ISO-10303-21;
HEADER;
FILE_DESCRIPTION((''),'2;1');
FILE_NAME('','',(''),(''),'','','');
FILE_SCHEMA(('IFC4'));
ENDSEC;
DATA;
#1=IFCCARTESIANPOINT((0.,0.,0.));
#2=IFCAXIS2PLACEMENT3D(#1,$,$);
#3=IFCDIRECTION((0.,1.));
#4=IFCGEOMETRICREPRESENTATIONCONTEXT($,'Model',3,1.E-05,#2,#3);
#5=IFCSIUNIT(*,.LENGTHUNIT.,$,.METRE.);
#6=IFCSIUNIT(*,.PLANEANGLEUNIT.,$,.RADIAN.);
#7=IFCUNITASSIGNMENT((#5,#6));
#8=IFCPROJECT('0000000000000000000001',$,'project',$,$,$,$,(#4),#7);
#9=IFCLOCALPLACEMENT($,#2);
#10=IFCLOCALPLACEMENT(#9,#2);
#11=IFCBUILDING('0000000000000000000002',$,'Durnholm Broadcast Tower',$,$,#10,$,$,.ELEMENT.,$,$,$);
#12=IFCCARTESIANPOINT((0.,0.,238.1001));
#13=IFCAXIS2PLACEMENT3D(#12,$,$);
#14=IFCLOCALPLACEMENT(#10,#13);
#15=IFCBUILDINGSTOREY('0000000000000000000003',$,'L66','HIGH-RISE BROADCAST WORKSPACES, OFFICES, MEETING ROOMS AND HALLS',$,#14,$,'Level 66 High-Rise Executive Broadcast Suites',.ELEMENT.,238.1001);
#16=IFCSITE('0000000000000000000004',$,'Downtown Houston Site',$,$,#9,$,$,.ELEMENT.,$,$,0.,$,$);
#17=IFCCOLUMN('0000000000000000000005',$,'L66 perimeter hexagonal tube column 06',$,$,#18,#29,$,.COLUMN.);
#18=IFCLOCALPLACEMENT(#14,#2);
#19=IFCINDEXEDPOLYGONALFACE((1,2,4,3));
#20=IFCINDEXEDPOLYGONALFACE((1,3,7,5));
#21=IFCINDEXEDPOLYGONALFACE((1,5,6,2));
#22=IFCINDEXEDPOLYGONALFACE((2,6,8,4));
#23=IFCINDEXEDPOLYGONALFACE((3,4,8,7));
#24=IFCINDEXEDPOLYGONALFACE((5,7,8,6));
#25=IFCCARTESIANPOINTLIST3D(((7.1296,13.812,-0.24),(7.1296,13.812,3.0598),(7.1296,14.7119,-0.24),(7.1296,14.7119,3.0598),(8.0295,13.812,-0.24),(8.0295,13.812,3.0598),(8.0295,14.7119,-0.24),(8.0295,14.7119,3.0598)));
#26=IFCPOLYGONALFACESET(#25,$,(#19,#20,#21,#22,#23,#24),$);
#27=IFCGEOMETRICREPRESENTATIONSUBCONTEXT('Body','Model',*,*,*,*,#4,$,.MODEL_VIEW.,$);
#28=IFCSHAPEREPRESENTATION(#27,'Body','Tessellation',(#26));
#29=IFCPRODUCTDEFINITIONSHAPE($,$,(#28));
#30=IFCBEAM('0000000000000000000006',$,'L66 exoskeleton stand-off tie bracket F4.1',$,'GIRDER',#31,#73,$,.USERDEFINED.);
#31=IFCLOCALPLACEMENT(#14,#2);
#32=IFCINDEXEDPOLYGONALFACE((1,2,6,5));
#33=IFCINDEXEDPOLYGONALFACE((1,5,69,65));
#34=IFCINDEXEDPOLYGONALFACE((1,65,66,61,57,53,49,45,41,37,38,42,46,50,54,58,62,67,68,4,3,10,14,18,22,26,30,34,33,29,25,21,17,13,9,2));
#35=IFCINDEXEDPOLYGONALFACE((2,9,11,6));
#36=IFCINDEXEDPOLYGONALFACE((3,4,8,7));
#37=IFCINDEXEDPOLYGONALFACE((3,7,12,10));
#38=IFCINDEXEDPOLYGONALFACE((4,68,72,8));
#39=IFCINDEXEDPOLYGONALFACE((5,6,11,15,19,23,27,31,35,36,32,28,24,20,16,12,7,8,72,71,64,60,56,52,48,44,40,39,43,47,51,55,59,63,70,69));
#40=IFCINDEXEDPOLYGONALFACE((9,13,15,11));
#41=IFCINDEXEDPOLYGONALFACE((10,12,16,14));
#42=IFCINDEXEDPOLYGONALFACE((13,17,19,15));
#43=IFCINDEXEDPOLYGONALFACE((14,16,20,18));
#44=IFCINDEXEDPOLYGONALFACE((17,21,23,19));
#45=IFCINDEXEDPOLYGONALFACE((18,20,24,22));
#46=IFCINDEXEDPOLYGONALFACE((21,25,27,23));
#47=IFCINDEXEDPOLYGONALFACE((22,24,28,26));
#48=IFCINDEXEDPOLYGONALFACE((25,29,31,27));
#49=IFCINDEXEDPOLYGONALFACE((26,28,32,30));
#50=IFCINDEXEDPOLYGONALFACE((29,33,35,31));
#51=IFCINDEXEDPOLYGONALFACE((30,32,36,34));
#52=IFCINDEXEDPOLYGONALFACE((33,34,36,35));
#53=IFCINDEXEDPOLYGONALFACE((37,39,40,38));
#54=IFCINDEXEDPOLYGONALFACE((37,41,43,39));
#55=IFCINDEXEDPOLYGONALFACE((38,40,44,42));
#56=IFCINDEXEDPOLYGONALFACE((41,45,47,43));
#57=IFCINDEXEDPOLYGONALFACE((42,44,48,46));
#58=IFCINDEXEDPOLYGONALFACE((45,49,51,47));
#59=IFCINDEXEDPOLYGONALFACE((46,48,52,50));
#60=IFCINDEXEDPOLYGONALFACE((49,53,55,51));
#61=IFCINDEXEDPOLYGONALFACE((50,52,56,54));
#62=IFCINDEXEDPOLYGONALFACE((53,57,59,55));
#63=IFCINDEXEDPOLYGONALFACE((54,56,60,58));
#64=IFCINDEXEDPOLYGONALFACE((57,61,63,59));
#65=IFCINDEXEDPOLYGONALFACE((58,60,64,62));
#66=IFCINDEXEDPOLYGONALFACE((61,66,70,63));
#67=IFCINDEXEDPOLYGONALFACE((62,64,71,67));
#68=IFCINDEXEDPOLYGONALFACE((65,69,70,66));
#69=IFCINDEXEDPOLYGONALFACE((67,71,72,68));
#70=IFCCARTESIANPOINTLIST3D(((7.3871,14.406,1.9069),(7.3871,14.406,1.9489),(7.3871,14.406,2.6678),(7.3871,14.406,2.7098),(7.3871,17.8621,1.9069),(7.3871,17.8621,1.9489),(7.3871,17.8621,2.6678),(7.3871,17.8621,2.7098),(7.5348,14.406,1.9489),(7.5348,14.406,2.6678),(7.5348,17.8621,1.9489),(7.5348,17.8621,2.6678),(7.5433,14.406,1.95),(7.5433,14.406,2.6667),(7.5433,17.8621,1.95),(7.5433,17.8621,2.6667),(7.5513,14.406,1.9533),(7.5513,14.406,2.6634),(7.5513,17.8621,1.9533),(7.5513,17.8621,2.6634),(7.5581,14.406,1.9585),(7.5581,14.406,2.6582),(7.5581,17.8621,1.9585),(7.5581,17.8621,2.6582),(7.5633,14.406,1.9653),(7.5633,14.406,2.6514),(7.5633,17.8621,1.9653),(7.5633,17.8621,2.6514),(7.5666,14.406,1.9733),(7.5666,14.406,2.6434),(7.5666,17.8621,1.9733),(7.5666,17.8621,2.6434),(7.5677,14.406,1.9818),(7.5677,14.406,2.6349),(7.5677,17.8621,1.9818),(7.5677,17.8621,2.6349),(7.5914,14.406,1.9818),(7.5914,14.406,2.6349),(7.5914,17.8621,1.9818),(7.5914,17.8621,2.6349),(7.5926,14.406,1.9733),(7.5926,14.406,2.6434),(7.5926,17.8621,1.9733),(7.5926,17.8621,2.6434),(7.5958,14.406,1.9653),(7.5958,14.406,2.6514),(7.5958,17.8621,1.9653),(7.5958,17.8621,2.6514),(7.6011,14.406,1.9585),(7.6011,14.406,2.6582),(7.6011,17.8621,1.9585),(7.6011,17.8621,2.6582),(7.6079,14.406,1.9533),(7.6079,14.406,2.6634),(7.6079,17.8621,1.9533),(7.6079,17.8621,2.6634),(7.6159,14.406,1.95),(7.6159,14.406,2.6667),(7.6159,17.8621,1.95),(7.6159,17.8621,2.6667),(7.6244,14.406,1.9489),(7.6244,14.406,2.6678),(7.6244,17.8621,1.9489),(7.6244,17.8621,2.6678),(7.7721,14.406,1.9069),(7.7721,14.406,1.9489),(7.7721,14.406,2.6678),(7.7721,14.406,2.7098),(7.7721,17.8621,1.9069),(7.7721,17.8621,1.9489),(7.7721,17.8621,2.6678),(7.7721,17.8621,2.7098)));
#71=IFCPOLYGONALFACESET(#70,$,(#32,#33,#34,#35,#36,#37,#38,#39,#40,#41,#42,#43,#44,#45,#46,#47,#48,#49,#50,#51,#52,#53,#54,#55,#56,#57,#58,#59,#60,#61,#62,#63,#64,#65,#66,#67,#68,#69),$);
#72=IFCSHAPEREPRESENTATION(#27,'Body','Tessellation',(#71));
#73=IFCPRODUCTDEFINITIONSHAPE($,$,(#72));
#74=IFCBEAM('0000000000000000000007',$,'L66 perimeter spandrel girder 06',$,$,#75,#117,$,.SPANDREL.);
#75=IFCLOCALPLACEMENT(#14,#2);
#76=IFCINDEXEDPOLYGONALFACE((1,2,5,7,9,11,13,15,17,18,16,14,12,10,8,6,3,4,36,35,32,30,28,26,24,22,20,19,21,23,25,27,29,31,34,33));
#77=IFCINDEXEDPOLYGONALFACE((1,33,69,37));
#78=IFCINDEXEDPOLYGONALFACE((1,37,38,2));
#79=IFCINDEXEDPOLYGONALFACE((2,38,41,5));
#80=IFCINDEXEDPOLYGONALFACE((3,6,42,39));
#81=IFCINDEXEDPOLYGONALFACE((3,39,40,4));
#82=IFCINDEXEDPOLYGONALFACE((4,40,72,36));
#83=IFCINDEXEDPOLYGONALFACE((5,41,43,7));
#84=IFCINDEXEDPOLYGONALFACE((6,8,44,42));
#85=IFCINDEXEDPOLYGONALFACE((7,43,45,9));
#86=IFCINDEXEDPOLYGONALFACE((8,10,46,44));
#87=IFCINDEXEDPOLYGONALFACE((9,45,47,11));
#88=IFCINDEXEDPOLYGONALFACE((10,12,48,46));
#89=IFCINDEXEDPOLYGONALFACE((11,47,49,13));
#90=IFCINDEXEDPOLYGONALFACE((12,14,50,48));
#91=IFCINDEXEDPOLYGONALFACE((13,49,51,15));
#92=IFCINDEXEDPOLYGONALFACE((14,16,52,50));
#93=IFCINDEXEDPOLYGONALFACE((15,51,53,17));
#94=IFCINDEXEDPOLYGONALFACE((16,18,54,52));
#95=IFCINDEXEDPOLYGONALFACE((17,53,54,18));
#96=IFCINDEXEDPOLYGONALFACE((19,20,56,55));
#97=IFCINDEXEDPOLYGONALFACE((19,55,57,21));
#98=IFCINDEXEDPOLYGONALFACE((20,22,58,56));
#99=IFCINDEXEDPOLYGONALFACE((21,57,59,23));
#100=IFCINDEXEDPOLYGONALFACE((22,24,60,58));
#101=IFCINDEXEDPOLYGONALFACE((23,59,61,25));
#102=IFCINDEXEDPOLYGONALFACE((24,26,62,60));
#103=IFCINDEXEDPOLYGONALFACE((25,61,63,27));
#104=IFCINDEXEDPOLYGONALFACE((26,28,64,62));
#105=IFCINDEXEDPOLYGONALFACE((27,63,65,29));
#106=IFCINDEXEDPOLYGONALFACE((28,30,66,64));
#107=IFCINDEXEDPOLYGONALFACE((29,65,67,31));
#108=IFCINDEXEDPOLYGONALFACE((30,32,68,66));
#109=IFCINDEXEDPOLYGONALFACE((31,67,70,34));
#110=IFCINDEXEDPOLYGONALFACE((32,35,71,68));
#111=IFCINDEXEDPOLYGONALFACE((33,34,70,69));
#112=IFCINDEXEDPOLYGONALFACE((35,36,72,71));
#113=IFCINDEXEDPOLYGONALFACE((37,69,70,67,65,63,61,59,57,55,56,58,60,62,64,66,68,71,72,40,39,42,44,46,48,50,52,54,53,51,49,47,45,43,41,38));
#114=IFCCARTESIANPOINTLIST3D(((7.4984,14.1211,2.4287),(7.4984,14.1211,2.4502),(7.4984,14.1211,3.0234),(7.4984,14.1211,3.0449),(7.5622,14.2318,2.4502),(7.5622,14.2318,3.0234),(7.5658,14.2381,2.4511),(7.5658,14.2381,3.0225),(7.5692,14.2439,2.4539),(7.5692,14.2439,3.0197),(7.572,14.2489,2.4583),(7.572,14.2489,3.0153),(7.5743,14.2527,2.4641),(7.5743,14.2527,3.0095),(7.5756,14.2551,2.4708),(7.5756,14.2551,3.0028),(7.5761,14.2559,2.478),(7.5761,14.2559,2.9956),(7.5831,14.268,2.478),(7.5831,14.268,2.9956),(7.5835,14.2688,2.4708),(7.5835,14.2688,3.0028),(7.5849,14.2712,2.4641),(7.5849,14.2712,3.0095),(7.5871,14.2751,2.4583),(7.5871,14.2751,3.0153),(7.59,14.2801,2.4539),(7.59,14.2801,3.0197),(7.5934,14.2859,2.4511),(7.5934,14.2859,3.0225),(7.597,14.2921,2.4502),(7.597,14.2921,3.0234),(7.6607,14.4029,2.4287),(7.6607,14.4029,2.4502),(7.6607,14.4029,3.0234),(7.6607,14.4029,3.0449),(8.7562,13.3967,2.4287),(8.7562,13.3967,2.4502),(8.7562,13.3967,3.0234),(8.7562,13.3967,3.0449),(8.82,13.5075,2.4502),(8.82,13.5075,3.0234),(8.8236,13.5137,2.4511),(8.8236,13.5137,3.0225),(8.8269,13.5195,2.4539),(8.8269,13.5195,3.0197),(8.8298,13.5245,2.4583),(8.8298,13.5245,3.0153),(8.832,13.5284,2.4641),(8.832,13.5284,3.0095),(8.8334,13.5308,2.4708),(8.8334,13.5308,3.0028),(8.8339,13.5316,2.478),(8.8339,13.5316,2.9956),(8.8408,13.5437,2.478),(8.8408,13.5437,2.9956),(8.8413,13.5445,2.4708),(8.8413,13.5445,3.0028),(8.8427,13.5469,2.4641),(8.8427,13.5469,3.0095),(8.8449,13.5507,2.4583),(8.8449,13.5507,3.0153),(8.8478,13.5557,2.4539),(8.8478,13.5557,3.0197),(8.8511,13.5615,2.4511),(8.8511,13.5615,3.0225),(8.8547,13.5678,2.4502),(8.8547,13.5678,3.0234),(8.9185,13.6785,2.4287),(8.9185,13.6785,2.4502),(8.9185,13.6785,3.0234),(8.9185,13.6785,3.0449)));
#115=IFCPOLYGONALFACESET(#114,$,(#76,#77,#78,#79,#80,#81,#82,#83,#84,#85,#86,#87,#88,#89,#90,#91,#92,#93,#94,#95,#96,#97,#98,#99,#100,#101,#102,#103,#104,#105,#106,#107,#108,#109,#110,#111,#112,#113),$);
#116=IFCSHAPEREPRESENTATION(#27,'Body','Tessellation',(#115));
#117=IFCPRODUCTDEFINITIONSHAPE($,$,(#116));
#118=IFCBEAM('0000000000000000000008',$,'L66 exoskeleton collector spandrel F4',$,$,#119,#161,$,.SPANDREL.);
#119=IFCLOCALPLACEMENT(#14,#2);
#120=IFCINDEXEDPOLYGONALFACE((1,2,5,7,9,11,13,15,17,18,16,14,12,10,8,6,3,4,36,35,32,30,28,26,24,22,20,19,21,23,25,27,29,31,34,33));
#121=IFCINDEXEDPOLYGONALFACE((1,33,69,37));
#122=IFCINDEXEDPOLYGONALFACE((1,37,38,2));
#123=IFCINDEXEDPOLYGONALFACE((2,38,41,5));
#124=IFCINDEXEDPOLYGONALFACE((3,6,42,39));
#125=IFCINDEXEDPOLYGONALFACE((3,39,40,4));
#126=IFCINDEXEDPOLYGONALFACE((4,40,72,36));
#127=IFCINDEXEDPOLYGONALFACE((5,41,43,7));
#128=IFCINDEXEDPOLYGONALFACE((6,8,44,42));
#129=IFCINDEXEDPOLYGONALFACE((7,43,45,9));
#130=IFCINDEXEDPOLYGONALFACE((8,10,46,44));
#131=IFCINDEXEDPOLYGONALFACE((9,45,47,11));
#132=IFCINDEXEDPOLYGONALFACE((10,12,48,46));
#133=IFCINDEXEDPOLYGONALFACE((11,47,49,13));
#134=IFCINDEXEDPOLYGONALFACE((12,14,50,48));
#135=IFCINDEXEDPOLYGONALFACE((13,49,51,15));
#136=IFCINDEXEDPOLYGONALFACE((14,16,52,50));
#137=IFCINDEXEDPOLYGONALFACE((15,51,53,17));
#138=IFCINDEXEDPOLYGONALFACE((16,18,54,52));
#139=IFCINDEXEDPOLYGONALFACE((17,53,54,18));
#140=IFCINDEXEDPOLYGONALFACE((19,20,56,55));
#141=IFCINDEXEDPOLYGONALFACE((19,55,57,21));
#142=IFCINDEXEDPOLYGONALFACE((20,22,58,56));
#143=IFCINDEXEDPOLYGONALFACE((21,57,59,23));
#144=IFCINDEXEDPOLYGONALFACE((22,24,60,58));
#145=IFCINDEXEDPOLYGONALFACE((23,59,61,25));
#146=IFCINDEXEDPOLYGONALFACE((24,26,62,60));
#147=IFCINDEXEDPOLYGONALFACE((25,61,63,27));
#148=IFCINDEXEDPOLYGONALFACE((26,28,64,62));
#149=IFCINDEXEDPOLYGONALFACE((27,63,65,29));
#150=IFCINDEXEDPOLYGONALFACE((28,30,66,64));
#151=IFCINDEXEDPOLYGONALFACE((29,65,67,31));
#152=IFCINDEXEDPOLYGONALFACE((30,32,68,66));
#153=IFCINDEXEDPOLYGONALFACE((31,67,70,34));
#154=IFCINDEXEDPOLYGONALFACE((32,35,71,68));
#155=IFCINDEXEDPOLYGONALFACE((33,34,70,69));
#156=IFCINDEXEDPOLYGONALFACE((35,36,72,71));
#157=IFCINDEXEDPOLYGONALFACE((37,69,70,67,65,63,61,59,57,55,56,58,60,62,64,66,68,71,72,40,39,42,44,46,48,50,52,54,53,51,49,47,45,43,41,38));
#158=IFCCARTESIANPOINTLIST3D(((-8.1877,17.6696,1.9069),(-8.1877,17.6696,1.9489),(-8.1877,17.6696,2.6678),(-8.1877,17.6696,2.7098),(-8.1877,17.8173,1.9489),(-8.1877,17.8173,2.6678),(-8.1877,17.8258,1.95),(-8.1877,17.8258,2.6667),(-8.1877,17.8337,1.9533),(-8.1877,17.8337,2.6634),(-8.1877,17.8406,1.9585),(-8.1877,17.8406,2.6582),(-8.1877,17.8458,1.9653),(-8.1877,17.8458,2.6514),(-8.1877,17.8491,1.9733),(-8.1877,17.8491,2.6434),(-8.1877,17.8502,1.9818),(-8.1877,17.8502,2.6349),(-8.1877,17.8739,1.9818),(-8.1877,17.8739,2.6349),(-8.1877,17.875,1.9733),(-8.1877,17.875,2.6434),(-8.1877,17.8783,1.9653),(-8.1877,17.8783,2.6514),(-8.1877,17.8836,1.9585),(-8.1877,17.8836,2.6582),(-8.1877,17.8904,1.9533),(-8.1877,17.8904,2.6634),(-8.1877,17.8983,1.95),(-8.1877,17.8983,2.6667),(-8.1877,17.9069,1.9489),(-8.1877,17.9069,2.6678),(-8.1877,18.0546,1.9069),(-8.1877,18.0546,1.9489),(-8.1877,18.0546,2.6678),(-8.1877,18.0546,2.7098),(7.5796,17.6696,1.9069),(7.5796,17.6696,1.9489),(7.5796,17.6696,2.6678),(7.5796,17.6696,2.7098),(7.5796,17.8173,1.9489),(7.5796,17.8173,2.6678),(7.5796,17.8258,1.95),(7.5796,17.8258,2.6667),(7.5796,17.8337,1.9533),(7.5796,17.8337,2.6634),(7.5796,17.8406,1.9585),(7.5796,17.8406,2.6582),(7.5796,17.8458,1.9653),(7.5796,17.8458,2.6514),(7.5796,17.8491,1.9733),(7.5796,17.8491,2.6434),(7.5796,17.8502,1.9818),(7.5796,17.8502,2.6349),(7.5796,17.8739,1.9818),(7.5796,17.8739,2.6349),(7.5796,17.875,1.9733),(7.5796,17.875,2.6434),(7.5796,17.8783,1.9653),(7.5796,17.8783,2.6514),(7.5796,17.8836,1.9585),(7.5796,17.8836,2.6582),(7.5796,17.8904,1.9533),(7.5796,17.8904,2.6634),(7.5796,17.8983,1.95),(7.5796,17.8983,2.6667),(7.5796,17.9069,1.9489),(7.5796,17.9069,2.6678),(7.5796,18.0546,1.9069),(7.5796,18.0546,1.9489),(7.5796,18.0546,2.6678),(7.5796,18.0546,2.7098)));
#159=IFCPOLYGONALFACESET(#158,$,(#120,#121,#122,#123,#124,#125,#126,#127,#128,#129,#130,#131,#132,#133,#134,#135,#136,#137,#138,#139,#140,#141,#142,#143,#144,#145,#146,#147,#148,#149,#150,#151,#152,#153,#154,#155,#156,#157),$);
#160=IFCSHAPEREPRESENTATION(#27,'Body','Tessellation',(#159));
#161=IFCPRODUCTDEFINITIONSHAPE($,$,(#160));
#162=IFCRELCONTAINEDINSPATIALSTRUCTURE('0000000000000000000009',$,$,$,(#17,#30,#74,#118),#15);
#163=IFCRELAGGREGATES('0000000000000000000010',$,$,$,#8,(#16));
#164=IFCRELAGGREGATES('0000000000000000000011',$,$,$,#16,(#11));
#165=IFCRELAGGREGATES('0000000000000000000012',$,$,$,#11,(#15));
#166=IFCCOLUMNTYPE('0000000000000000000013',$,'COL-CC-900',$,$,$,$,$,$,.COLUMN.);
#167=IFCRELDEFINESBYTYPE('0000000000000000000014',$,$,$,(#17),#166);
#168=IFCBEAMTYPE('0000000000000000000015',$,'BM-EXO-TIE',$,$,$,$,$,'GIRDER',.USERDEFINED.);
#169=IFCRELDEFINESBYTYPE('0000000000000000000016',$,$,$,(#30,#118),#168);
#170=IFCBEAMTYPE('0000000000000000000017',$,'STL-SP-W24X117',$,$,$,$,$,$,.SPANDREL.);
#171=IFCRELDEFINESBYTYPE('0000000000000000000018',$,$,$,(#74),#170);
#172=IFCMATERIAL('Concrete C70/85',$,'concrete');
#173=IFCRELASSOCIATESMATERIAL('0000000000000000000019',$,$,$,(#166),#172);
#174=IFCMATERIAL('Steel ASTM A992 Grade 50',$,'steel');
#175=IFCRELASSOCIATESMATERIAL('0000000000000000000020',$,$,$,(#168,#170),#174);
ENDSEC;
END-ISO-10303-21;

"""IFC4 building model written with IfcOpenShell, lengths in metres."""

from ifc_helpers import new_model, si_unit, direction, frame, origin, origin_2d, place, context, subcontext, project, spatial, rectangle, i_section, extrude, source, transform, mapped, material, material_profile, profile_set, type_object, type_shapes, element, save


model = new_model("IFC4")

# Units and contexts
model_context = context("Model", 3, precision=1e-05, world=origin(), true_north=direction((0.0, 1.0)))
body_context = subcontext(model_context, "Body", "Model", "MODEL_VIEW")
ifc_project = project(units=[si_unit("LENGTHUNIT", "METRE"), si_unit("PLANEANGLEUNIT", "RADIAN")], contexts=[model_context])

# Site, building, storey
site_placement = place(None, origin())
site = spatial("IfcSite", under=ifc_project, at=site_placement, Name="Downtown Houston Site", CompositionType="ELEMENT", RefElevation=0.0)
building_placement = place(site_placement, origin())
building = spatial("IfcBuilding", under=site, at=building_placement, Name="Durnholm Broadcast Tower", CompositionType="ELEMENT")
storey_placement = place(building_placement, frame((0.0, 0.0, 238.1001)))
storey = spatial("IfcBuildingStorey", under=building, at=storey_placement, Name="L66", Description="HIGH-RISE BROADCAST WORKSPACES, OFFICES, MEETING ROOMS AND HALLS", LongName="Level 66 High-Rise Executive Broadcast Suites", CompositionType="ELEMENT", Elevation=238.1001)

# Column
ifc_material_1 = material(Name="Concrete C70/85", Category="concrete")
ifc_material_profile_1 = material_profile(ifc_material_1, rectangle(XDim=0.8999, YDim=0.8999, at=origin_2d()), Name="RC900X900")
ifc_profile_set_1 = profile_set([ifc_material_profile_1], Name="Concrete C70/85")
column_type = type_object("IfcColumnType", Name="COL-CC-900", PredefinedType="COLUMN", material=ifc_profile_set_1)
shared_shape_1 = source(origin(), body_context, "Body", "SweptSolid", [
    extrude(rectangle(XDim=0.8999, YDim=0.8999, at=origin_2d()), origin(), (0.0, 0.0, 1.0), 3.2998),
])
type_shapes(column_type, [shared_shape_1])
column_placement = place(storey_placement, frame((7.5796, 14.262, -0.24), z_axis=(0.0, 0.0, 1.0), x_axis=(1.0, 0.0, 0.0)))
element("IfcColumn", 1, at=column_placement, inside=storey, type_object=column_type, Name="L66 perimeter hexagonal tube column 06", PredefinedType="COLUMN", context=body_context, shape_type="MappedRepresentation", body=[
    mapped(shared_shape_1, transform((0.0, 0.0, 0.0), x_axis=(1.0, 0.0, 0.0), y_axis=(0.0, 1.0, 0.0), z_axis=(0.0, 0.0, 1.0), scale=1.0)),
])

# Beams
ifc_material_2 = material(Name="Steel ASTM A992 Grade 50", Category="steel")
ifc_material_profile_2 = material_profile(ifc_material_2, i_section(OverallWidth=0.385, OverallDepth=0.803, WebThickness=0.0237, FlangeThickness=0.042, FilletRadius=0.033, at=origin_2d()), Name="W30X261")
ifc_profile_set_2 = profile_set([ifc_material_profile_2], Name="Steel ASTM A992 Grade 50")
beam_type_1 = type_object("IfcBeamType", Name="BM-EXO-TIE", ElementType="GIRDER", PredefinedType="USERDEFINED", material=ifc_profile_set_2)
shared_shape_2 = source(origin(), body_context, "Body", "SweptSolid", [
    extrude(i_section(OverallWidth=0.385, OverallDepth=0.803, WebThickness=0.0237, FlangeThickness=0.042, FilletRadius=0.033, at=origin_2d()), origin(), (0.0, 0.0, 1.0), 3.4561),
])
beam_1_placement = place(storey_placement, frame((7.5796, 14.406, 2.3083), z_axis=(0.0, 1.0, 0.0), x_axis=(-1.0, 0.0, 0.0)))
element("IfcBeam", 2, at=beam_1_placement, inside=storey, type_object=beam_type_1, Name="L66 exoskeleton stand-off tie bracket F4.1", ObjectType="GIRDER", PredefinedType="USERDEFINED", context=body_context, shape_type="MappedRepresentation", body=[
    mapped(shared_shape_2, transform((0.0, 0.0, 0.0), x_axis=(1.0, 0.0, 0.0), y_axis=(0.0, 1.0, 0.0), z_axis=(0.0, 0.0, 1.0), scale=1.0)),
])
ifc_material_profile_3 = material_profile(ifc_material_2, i_section(OverallWidth=0.3252, OverallDepth=0.6162, WebThickness=0.0139, FlangeThickness=0.0215, FilletRadius=0.0278, at=origin_2d()), Name="W24X117")
ifc_profile_set_3 = profile_set([ifc_material_profile_3], Name="Steel ASTM A992 Grade 50")
beam_type_2 = type_object("IfcBeamType", Name="STL-SP-W24X117", PredefinedType="SPANDREL", material=ifc_profile_set_3)
shared_shape_3 = source(origin(), body_context, "Body", "SweptSolid", [
    extrude(i_section(OverallWidth=0.3252, OverallDepth=0.6162, WebThickness=0.0139, FlangeThickness=0.0215, FilletRadius=0.0278, at=origin_2d()), origin(), (0.0, 0.0, 1.0), 1.4514),
])
type_shapes(beam_type_2, [shared_shape_3])
beam_2_placement = place(storey_placement, frame((7.5796, 14.262, 2.7368), z_axis=(0.866572, -0.499052, 0.0), x_axis=(0.499052, 0.866572, 0.0)))
element("IfcBeam", 3, at=beam_2_placement, inside=storey, type_object=beam_type_2, Name="L66 perimeter spandrel girder 06", PredefinedType="SPANDREL", context=body_context, shape_type="MappedRepresentation", body=[
    mapped(shared_shape_3, transform((0.0, 0.0, 0.0), x_axis=(1.0, 0.0, 0.0), y_axis=(0.0, 1.0, 0.0), z_axis=(0.0, 0.0, 1.0), scale=1.0)),
])
shared_shape_4 = source(origin(), body_context, "Body", "SweptSolid", [
    extrude(i_section(OverallWidth=0.385, OverallDepth=0.803, WebThickness=0.0237, FlangeThickness=0.042, FilletRadius=0.033, at=origin_2d()), origin(), (0.0, 0.0, 1.0), 15.7673),
])
type_shapes(beam_type_1, [shared_shape_2, shared_shape_4])
beam_3_placement = place(storey_placement, frame((7.5796, 17.8621, 2.3083), z_axis=(-1.0, 0.0, 0.0), x_axis=(0.0, -1.0, 0.0)))
element("IfcBeam", 4, at=beam_3_placement, inside=storey, type_object=beam_type_1, Name="L66 exoskeleton collector spandrel F4", PredefinedType="SPANDREL", context=body_context, shape_type="MappedRepresentation", body=[
    mapped(shared_shape_4, transform((0.0, 0.0, 0.0), x_axis=(1.0, 0.0, 0.0), y_axis=(0.0, 1.0, 0.0), z_axis=(0.0, 0.0, 1.0), scale=1.0)),
])

save(model, "model.ifc")
